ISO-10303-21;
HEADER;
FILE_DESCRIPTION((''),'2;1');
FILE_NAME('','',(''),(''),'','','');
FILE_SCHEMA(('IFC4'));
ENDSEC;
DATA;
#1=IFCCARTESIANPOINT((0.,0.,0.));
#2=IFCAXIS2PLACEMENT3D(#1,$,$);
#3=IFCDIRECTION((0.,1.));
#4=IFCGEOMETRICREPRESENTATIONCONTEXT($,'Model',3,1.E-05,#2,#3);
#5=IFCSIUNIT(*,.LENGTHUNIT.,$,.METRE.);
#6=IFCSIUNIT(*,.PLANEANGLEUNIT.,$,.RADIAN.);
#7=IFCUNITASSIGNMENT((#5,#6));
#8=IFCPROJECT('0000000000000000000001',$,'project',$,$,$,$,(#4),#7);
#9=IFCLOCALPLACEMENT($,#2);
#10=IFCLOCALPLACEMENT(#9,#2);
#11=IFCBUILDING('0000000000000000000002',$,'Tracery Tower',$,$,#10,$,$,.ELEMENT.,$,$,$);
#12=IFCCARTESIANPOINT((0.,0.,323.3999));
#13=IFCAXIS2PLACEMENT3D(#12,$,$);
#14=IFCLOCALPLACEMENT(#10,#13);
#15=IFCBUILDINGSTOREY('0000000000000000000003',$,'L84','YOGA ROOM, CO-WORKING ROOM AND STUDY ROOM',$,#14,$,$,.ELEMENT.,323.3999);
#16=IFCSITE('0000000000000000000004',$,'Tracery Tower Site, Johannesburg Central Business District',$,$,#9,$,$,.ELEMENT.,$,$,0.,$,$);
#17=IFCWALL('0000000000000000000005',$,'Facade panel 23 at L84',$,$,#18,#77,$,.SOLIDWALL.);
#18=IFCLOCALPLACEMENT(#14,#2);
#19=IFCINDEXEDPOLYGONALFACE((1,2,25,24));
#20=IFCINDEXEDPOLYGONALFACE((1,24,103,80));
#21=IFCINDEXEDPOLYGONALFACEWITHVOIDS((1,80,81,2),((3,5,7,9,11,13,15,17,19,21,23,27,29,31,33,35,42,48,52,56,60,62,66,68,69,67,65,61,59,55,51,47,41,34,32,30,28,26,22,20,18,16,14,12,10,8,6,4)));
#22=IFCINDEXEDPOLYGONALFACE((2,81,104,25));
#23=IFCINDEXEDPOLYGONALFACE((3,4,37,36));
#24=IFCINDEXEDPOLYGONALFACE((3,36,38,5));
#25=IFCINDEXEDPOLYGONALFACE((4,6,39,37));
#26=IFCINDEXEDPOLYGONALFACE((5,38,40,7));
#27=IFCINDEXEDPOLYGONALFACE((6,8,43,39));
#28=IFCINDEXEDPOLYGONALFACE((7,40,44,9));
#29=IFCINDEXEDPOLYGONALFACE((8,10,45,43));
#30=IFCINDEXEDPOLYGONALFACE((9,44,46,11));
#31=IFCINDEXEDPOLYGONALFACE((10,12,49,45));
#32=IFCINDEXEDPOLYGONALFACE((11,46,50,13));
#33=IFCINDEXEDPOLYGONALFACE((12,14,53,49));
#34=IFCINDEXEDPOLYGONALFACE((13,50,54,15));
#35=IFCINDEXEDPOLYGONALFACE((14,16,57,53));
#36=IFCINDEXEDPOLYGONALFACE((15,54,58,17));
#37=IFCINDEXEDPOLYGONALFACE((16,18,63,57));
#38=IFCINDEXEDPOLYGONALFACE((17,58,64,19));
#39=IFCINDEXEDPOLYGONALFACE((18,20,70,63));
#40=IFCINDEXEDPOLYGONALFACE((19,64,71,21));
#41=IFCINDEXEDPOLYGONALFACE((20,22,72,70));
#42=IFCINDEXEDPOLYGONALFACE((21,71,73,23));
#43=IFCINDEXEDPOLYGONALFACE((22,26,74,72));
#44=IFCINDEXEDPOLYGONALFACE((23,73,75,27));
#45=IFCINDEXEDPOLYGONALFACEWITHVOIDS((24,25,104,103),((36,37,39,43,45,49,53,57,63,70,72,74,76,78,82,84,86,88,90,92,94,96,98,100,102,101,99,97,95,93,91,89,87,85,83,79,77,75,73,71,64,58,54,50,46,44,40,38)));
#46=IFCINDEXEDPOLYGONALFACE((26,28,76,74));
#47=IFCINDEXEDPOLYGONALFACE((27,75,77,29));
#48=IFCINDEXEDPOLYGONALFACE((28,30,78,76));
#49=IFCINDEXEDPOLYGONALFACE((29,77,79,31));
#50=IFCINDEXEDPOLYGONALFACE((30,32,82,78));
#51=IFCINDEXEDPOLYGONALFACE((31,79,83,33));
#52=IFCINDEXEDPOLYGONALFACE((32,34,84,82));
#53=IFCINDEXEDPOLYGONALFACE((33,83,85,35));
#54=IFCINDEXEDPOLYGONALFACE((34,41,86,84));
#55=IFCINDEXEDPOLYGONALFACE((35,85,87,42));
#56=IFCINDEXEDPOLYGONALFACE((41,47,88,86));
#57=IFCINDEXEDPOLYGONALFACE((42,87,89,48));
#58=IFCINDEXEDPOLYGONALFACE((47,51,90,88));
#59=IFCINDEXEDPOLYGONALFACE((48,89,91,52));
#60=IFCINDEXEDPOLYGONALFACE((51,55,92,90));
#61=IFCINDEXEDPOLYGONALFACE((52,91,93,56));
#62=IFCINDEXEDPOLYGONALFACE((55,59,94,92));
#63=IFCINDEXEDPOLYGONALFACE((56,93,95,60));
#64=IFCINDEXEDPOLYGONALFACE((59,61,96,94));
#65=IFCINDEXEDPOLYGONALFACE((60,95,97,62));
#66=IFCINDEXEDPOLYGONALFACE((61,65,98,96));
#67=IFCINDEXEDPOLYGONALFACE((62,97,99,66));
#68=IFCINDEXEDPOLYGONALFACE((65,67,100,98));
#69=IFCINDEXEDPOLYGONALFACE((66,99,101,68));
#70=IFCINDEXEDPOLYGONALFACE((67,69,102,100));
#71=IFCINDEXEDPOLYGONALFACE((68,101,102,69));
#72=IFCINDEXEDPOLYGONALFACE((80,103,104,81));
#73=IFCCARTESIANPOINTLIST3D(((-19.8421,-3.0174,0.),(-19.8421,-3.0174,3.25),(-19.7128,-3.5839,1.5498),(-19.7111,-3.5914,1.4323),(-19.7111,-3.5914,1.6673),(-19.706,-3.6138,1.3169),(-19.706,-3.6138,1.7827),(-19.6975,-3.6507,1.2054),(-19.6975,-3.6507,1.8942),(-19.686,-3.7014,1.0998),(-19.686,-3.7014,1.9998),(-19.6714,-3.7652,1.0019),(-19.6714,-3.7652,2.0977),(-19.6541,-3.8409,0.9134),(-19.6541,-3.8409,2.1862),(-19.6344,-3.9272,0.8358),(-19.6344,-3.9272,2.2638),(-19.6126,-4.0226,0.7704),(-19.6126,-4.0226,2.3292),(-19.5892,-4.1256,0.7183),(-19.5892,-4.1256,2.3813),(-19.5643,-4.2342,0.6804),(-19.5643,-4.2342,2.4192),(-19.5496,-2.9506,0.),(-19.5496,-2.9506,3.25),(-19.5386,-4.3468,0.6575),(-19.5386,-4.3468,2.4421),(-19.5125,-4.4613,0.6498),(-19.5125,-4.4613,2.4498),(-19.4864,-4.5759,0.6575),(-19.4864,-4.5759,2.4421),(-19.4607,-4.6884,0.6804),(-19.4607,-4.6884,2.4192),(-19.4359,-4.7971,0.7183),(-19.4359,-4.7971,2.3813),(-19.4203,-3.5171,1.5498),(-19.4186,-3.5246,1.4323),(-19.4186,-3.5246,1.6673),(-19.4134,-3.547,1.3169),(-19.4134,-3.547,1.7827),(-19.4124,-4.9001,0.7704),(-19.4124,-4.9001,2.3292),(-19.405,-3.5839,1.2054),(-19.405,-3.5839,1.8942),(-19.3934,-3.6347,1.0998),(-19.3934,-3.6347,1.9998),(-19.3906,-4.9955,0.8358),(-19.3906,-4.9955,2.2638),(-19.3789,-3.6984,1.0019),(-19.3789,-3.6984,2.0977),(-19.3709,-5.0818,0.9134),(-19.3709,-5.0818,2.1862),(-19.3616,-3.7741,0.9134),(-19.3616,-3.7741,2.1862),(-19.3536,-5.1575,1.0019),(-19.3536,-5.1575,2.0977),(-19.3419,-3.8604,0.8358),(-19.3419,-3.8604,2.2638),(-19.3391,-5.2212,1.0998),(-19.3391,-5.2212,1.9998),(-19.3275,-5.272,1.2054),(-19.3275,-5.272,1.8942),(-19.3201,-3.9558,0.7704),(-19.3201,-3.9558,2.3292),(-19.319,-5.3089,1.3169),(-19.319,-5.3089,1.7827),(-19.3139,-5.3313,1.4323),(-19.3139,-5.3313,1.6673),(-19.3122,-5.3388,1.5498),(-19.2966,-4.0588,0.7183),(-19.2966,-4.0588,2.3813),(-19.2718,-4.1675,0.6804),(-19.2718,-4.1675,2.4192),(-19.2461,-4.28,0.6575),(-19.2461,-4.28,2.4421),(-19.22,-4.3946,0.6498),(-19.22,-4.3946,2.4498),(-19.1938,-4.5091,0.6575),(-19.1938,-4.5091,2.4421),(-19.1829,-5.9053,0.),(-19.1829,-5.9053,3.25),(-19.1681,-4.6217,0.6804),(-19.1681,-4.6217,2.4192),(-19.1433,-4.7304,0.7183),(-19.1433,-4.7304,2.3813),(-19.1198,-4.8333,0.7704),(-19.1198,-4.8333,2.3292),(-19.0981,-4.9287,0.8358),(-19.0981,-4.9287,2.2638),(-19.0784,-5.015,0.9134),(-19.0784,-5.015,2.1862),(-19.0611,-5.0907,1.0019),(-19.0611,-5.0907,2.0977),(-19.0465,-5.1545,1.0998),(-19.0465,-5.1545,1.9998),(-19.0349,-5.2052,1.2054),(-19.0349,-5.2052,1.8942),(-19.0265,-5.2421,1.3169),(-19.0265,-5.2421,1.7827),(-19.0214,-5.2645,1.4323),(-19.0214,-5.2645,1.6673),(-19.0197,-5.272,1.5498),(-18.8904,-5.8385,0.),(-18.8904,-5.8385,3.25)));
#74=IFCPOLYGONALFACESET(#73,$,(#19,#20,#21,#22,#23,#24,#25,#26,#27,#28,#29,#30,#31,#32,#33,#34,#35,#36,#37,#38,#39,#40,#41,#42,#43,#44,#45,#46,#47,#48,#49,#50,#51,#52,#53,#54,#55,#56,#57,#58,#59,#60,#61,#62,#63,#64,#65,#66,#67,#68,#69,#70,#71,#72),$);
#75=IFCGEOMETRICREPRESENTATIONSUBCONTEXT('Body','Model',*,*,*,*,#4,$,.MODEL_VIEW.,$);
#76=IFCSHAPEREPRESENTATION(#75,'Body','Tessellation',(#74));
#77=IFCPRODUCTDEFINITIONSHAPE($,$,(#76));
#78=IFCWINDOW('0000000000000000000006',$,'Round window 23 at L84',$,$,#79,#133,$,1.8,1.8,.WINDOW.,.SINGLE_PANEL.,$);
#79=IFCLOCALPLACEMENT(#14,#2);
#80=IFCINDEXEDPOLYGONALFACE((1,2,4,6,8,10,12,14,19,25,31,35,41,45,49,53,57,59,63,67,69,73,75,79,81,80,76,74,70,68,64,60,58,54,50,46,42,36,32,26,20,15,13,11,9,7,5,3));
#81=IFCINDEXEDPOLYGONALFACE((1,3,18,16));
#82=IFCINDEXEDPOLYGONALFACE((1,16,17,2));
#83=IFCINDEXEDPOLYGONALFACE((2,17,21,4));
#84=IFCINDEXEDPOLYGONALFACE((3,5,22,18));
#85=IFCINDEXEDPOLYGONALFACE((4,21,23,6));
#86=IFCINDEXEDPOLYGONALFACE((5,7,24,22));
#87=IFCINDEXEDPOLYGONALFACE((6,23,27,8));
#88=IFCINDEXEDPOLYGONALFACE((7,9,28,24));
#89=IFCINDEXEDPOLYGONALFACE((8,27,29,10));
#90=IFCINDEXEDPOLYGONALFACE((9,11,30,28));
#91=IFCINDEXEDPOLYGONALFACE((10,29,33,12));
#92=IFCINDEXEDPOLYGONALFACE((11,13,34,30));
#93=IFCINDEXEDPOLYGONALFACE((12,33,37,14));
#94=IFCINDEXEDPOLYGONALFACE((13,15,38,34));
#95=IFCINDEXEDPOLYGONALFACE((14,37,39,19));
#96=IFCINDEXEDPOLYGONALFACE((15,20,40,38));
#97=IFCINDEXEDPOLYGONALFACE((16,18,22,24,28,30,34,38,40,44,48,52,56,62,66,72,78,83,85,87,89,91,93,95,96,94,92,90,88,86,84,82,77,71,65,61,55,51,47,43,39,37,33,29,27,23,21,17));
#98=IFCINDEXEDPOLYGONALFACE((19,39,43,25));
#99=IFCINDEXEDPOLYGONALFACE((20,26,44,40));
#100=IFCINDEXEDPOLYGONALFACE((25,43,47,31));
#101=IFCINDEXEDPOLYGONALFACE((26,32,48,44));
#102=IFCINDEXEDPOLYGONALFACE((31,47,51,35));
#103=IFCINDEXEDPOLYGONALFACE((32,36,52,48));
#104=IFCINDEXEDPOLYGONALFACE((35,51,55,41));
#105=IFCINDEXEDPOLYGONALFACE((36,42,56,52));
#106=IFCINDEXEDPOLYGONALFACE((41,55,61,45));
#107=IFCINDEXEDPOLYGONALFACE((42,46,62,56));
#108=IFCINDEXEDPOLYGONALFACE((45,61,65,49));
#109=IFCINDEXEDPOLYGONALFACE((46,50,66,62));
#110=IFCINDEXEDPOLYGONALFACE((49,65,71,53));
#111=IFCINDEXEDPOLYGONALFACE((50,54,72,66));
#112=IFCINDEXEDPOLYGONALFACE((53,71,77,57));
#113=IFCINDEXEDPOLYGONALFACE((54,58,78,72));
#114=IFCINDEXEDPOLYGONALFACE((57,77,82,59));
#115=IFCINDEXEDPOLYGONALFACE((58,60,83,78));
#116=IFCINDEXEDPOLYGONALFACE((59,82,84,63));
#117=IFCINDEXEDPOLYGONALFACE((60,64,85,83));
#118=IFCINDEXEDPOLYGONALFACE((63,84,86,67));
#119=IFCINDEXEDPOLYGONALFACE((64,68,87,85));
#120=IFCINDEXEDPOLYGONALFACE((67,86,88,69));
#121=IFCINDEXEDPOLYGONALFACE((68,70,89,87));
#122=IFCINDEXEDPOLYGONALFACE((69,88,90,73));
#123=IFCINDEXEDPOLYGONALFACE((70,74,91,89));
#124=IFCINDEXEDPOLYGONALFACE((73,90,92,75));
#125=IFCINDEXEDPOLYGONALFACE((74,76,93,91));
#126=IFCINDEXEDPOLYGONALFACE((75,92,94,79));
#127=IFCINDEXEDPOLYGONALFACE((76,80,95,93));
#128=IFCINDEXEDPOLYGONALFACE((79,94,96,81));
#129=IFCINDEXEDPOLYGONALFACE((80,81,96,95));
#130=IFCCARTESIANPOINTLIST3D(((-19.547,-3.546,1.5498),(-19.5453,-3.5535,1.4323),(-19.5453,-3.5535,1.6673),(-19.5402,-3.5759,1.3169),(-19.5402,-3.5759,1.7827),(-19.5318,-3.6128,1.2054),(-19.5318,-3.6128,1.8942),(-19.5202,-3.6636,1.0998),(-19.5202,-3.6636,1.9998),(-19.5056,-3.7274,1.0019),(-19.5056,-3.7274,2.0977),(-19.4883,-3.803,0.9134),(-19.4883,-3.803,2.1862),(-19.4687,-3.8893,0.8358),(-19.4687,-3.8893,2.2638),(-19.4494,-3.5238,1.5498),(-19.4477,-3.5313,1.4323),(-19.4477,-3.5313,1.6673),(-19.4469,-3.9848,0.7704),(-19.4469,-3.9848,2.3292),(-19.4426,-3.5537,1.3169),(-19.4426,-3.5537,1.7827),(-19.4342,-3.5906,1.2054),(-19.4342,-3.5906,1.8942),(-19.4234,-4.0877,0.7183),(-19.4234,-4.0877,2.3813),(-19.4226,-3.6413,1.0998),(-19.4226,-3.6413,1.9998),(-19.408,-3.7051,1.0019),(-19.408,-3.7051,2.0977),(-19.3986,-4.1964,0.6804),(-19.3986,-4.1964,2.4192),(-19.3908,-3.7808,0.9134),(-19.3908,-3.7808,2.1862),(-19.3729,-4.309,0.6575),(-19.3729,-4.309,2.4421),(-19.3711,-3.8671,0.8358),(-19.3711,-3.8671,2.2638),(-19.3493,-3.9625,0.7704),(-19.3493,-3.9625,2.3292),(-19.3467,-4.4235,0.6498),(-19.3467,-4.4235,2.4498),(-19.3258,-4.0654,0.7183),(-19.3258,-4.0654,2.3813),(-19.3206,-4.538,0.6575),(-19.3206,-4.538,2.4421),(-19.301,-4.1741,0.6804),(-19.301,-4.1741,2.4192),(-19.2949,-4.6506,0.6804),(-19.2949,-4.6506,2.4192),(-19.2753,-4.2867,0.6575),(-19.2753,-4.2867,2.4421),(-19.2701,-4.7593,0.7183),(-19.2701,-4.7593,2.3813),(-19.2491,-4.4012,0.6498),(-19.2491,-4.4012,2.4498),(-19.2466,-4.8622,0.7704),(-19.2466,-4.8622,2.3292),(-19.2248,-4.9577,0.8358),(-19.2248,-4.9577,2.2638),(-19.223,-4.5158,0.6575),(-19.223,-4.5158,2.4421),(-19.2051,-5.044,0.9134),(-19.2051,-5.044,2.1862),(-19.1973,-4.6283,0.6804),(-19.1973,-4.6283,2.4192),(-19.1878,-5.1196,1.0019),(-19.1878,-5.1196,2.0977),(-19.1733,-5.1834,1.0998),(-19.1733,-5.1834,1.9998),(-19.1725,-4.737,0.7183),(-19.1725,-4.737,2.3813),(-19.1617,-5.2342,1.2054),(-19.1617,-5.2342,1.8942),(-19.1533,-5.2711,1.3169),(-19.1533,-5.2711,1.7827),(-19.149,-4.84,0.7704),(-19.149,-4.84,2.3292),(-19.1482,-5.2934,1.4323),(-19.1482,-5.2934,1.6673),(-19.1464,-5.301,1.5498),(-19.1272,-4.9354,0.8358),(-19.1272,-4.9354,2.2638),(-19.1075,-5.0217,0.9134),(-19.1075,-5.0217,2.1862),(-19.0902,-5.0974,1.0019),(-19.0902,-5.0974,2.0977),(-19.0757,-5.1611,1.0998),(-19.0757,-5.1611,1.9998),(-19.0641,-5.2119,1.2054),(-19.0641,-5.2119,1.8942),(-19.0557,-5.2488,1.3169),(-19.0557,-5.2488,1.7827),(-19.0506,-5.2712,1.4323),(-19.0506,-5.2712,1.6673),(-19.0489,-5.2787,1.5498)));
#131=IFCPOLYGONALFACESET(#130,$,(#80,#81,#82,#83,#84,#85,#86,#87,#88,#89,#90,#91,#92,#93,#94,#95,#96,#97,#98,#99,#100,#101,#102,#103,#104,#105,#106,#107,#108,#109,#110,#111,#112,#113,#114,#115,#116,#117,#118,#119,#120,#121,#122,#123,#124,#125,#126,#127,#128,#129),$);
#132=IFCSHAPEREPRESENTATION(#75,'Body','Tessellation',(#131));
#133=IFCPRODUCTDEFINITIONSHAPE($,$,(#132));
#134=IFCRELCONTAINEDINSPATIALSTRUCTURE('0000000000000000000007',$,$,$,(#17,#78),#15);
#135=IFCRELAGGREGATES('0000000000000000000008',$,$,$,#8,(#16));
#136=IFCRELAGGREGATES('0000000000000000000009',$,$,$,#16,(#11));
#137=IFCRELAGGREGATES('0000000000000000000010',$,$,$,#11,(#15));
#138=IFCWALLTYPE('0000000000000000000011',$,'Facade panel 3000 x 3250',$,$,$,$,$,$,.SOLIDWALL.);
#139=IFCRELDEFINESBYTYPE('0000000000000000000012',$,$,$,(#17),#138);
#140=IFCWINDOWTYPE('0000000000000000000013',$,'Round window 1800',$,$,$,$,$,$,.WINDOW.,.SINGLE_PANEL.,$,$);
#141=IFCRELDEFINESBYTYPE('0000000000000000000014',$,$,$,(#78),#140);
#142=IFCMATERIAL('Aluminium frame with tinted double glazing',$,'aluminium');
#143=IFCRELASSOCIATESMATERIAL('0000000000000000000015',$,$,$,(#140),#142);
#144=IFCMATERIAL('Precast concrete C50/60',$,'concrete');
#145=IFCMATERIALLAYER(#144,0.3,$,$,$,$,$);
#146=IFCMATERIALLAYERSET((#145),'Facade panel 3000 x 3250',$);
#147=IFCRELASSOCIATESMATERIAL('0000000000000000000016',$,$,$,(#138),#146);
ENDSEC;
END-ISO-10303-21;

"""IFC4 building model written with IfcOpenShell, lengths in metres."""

from ifc_helpers import new_model, si_unit, direction, frame, frame_2d, origin, origin_2d, place, context, subcontext, project, spatial, rectangle, circle, extrude, material, layer, layer_set, type_object, element, fill, save


model = new_model("IFC4")

# Units and contexts
model_context = context("Model", 3, precision=1e-05, world=origin(), true_north=direction((0.0, 1.0)))
body_context = subcontext(model_context, "Body", "Model", "MODEL_VIEW")
ifc_project = project(units=[si_unit("LENGTHUNIT", "METRE"), si_unit("PLANEANGLEUNIT", "RADIAN")], contexts=[model_context])

# Site, building, storey
site_placement = place(None, origin())
site = spatial("IfcSite", under=ifc_project, at=site_placement, Name="Tracery Tower Site, Johannesburg Central Business District", CompositionType="ELEMENT", RefElevation=0.0)
building_placement = place(site_placement, origin())
building = spatial("IfcBuilding", under=site, at=building_placement, Name="Tracery Tower", CompositionType="ELEMENT")
storey_placement = place(building_placement, frame((0.0, 0.0, 323.3999)))
storey = spatial("IfcBuildingStorey", under=building, at=storey_placement, Name="L84", Description="YOGA ROOM, CO-WORKING ROOM AND STUDY ROOM", CompositionType="ELEMENT", Elevation=323.3999)

# Wall, opening, window
ifc_material_1 = material(Name="Aluminium frame with tinted double glazing", Category="aluminium")
window_type = type_object("IfcWindowType", Name="Round window 1800", PartitioningType="SINGLE_PANEL", PredefinedType="WINDOW", material=ifc_material_1)
ifc_material_2 = material(Name="Precast concrete C50/60", Category="concrete")
ifc_layer_1 = layer(ifc_material_2, 0.3)
ifc_layer_set_1 = layer_set([ifc_layer_1], Name="Facade panel 3000 x 3250")
wall_type_1 = type_object("IfcWallType", Name="Facade panel 3000 x 3250", PredefinedType="SOLIDWALL", material=ifc_layer_set_1)
wall_1_placement = place(storey_placement, frame((-19.6958, -2.9841, 0.0), z_axis=(0.0, 0.0, 1.0), x_axis=(0.222529, -0.974926, 0.0)))
wall_1 = element("IfcWall", 1, at=wall_1_placement, inside=storey, type_object=wall_type_1, Name="Facade panel 23 at L84", PredefinedType="SOLIDWALL", context=body_context, shape_type="SweptSolid", body=[
    extrude(rectangle(XDim=2.9622, YDim=0.3, at=frame_2d((1.481, 0.0))), origin(), (0.0, 0.0, 1.0), 3.25),
])
opening_1_placement = place(wall_1_placement, frame((1.481, 0.0, 1.5498)))
opening_1 = element("IfcOpeningElement", 2, at=opening_1_placement, cuts=wall_1, PredefinedType="OPENING", context=body_context, shape_type="SweptSolid", body=[
    extrude(circle(Radius=0.9, at=origin_2d()), frame((0.0, 0.1599, 0.0), z_axis=(0.0, -1.0, 0.0), x_axis=(1.0, 0.0, 0.0)), (0.0, 0.0, 1.0), 0.3201),
])
window_1_placement = place(opening_1_placement, origin())
window_1 = element("IfcWindow", 3, at=window_1_placement, inside=storey, type_object=window_type, Name="Round window 23 at L84", OverallHeight=1.8, OverallWidth=1.8, PartitioningType="SINGLE_PANEL", PredefinedType="WINDOW", context=body_context, shape_type="SweptSolid", body=[
    extrude(circle(Radius=0.9, at=origin_2d()), frame((0.0, 0.1201, 0.0), z_axis=(0.0, -1.0, 0.0), x_axis=(1.0, 0.0, 0.0)), (0.0, 0.0, 1.0), 0.1001),
])
fill(opening_1, window_1)

save(model, "model.ifc")
